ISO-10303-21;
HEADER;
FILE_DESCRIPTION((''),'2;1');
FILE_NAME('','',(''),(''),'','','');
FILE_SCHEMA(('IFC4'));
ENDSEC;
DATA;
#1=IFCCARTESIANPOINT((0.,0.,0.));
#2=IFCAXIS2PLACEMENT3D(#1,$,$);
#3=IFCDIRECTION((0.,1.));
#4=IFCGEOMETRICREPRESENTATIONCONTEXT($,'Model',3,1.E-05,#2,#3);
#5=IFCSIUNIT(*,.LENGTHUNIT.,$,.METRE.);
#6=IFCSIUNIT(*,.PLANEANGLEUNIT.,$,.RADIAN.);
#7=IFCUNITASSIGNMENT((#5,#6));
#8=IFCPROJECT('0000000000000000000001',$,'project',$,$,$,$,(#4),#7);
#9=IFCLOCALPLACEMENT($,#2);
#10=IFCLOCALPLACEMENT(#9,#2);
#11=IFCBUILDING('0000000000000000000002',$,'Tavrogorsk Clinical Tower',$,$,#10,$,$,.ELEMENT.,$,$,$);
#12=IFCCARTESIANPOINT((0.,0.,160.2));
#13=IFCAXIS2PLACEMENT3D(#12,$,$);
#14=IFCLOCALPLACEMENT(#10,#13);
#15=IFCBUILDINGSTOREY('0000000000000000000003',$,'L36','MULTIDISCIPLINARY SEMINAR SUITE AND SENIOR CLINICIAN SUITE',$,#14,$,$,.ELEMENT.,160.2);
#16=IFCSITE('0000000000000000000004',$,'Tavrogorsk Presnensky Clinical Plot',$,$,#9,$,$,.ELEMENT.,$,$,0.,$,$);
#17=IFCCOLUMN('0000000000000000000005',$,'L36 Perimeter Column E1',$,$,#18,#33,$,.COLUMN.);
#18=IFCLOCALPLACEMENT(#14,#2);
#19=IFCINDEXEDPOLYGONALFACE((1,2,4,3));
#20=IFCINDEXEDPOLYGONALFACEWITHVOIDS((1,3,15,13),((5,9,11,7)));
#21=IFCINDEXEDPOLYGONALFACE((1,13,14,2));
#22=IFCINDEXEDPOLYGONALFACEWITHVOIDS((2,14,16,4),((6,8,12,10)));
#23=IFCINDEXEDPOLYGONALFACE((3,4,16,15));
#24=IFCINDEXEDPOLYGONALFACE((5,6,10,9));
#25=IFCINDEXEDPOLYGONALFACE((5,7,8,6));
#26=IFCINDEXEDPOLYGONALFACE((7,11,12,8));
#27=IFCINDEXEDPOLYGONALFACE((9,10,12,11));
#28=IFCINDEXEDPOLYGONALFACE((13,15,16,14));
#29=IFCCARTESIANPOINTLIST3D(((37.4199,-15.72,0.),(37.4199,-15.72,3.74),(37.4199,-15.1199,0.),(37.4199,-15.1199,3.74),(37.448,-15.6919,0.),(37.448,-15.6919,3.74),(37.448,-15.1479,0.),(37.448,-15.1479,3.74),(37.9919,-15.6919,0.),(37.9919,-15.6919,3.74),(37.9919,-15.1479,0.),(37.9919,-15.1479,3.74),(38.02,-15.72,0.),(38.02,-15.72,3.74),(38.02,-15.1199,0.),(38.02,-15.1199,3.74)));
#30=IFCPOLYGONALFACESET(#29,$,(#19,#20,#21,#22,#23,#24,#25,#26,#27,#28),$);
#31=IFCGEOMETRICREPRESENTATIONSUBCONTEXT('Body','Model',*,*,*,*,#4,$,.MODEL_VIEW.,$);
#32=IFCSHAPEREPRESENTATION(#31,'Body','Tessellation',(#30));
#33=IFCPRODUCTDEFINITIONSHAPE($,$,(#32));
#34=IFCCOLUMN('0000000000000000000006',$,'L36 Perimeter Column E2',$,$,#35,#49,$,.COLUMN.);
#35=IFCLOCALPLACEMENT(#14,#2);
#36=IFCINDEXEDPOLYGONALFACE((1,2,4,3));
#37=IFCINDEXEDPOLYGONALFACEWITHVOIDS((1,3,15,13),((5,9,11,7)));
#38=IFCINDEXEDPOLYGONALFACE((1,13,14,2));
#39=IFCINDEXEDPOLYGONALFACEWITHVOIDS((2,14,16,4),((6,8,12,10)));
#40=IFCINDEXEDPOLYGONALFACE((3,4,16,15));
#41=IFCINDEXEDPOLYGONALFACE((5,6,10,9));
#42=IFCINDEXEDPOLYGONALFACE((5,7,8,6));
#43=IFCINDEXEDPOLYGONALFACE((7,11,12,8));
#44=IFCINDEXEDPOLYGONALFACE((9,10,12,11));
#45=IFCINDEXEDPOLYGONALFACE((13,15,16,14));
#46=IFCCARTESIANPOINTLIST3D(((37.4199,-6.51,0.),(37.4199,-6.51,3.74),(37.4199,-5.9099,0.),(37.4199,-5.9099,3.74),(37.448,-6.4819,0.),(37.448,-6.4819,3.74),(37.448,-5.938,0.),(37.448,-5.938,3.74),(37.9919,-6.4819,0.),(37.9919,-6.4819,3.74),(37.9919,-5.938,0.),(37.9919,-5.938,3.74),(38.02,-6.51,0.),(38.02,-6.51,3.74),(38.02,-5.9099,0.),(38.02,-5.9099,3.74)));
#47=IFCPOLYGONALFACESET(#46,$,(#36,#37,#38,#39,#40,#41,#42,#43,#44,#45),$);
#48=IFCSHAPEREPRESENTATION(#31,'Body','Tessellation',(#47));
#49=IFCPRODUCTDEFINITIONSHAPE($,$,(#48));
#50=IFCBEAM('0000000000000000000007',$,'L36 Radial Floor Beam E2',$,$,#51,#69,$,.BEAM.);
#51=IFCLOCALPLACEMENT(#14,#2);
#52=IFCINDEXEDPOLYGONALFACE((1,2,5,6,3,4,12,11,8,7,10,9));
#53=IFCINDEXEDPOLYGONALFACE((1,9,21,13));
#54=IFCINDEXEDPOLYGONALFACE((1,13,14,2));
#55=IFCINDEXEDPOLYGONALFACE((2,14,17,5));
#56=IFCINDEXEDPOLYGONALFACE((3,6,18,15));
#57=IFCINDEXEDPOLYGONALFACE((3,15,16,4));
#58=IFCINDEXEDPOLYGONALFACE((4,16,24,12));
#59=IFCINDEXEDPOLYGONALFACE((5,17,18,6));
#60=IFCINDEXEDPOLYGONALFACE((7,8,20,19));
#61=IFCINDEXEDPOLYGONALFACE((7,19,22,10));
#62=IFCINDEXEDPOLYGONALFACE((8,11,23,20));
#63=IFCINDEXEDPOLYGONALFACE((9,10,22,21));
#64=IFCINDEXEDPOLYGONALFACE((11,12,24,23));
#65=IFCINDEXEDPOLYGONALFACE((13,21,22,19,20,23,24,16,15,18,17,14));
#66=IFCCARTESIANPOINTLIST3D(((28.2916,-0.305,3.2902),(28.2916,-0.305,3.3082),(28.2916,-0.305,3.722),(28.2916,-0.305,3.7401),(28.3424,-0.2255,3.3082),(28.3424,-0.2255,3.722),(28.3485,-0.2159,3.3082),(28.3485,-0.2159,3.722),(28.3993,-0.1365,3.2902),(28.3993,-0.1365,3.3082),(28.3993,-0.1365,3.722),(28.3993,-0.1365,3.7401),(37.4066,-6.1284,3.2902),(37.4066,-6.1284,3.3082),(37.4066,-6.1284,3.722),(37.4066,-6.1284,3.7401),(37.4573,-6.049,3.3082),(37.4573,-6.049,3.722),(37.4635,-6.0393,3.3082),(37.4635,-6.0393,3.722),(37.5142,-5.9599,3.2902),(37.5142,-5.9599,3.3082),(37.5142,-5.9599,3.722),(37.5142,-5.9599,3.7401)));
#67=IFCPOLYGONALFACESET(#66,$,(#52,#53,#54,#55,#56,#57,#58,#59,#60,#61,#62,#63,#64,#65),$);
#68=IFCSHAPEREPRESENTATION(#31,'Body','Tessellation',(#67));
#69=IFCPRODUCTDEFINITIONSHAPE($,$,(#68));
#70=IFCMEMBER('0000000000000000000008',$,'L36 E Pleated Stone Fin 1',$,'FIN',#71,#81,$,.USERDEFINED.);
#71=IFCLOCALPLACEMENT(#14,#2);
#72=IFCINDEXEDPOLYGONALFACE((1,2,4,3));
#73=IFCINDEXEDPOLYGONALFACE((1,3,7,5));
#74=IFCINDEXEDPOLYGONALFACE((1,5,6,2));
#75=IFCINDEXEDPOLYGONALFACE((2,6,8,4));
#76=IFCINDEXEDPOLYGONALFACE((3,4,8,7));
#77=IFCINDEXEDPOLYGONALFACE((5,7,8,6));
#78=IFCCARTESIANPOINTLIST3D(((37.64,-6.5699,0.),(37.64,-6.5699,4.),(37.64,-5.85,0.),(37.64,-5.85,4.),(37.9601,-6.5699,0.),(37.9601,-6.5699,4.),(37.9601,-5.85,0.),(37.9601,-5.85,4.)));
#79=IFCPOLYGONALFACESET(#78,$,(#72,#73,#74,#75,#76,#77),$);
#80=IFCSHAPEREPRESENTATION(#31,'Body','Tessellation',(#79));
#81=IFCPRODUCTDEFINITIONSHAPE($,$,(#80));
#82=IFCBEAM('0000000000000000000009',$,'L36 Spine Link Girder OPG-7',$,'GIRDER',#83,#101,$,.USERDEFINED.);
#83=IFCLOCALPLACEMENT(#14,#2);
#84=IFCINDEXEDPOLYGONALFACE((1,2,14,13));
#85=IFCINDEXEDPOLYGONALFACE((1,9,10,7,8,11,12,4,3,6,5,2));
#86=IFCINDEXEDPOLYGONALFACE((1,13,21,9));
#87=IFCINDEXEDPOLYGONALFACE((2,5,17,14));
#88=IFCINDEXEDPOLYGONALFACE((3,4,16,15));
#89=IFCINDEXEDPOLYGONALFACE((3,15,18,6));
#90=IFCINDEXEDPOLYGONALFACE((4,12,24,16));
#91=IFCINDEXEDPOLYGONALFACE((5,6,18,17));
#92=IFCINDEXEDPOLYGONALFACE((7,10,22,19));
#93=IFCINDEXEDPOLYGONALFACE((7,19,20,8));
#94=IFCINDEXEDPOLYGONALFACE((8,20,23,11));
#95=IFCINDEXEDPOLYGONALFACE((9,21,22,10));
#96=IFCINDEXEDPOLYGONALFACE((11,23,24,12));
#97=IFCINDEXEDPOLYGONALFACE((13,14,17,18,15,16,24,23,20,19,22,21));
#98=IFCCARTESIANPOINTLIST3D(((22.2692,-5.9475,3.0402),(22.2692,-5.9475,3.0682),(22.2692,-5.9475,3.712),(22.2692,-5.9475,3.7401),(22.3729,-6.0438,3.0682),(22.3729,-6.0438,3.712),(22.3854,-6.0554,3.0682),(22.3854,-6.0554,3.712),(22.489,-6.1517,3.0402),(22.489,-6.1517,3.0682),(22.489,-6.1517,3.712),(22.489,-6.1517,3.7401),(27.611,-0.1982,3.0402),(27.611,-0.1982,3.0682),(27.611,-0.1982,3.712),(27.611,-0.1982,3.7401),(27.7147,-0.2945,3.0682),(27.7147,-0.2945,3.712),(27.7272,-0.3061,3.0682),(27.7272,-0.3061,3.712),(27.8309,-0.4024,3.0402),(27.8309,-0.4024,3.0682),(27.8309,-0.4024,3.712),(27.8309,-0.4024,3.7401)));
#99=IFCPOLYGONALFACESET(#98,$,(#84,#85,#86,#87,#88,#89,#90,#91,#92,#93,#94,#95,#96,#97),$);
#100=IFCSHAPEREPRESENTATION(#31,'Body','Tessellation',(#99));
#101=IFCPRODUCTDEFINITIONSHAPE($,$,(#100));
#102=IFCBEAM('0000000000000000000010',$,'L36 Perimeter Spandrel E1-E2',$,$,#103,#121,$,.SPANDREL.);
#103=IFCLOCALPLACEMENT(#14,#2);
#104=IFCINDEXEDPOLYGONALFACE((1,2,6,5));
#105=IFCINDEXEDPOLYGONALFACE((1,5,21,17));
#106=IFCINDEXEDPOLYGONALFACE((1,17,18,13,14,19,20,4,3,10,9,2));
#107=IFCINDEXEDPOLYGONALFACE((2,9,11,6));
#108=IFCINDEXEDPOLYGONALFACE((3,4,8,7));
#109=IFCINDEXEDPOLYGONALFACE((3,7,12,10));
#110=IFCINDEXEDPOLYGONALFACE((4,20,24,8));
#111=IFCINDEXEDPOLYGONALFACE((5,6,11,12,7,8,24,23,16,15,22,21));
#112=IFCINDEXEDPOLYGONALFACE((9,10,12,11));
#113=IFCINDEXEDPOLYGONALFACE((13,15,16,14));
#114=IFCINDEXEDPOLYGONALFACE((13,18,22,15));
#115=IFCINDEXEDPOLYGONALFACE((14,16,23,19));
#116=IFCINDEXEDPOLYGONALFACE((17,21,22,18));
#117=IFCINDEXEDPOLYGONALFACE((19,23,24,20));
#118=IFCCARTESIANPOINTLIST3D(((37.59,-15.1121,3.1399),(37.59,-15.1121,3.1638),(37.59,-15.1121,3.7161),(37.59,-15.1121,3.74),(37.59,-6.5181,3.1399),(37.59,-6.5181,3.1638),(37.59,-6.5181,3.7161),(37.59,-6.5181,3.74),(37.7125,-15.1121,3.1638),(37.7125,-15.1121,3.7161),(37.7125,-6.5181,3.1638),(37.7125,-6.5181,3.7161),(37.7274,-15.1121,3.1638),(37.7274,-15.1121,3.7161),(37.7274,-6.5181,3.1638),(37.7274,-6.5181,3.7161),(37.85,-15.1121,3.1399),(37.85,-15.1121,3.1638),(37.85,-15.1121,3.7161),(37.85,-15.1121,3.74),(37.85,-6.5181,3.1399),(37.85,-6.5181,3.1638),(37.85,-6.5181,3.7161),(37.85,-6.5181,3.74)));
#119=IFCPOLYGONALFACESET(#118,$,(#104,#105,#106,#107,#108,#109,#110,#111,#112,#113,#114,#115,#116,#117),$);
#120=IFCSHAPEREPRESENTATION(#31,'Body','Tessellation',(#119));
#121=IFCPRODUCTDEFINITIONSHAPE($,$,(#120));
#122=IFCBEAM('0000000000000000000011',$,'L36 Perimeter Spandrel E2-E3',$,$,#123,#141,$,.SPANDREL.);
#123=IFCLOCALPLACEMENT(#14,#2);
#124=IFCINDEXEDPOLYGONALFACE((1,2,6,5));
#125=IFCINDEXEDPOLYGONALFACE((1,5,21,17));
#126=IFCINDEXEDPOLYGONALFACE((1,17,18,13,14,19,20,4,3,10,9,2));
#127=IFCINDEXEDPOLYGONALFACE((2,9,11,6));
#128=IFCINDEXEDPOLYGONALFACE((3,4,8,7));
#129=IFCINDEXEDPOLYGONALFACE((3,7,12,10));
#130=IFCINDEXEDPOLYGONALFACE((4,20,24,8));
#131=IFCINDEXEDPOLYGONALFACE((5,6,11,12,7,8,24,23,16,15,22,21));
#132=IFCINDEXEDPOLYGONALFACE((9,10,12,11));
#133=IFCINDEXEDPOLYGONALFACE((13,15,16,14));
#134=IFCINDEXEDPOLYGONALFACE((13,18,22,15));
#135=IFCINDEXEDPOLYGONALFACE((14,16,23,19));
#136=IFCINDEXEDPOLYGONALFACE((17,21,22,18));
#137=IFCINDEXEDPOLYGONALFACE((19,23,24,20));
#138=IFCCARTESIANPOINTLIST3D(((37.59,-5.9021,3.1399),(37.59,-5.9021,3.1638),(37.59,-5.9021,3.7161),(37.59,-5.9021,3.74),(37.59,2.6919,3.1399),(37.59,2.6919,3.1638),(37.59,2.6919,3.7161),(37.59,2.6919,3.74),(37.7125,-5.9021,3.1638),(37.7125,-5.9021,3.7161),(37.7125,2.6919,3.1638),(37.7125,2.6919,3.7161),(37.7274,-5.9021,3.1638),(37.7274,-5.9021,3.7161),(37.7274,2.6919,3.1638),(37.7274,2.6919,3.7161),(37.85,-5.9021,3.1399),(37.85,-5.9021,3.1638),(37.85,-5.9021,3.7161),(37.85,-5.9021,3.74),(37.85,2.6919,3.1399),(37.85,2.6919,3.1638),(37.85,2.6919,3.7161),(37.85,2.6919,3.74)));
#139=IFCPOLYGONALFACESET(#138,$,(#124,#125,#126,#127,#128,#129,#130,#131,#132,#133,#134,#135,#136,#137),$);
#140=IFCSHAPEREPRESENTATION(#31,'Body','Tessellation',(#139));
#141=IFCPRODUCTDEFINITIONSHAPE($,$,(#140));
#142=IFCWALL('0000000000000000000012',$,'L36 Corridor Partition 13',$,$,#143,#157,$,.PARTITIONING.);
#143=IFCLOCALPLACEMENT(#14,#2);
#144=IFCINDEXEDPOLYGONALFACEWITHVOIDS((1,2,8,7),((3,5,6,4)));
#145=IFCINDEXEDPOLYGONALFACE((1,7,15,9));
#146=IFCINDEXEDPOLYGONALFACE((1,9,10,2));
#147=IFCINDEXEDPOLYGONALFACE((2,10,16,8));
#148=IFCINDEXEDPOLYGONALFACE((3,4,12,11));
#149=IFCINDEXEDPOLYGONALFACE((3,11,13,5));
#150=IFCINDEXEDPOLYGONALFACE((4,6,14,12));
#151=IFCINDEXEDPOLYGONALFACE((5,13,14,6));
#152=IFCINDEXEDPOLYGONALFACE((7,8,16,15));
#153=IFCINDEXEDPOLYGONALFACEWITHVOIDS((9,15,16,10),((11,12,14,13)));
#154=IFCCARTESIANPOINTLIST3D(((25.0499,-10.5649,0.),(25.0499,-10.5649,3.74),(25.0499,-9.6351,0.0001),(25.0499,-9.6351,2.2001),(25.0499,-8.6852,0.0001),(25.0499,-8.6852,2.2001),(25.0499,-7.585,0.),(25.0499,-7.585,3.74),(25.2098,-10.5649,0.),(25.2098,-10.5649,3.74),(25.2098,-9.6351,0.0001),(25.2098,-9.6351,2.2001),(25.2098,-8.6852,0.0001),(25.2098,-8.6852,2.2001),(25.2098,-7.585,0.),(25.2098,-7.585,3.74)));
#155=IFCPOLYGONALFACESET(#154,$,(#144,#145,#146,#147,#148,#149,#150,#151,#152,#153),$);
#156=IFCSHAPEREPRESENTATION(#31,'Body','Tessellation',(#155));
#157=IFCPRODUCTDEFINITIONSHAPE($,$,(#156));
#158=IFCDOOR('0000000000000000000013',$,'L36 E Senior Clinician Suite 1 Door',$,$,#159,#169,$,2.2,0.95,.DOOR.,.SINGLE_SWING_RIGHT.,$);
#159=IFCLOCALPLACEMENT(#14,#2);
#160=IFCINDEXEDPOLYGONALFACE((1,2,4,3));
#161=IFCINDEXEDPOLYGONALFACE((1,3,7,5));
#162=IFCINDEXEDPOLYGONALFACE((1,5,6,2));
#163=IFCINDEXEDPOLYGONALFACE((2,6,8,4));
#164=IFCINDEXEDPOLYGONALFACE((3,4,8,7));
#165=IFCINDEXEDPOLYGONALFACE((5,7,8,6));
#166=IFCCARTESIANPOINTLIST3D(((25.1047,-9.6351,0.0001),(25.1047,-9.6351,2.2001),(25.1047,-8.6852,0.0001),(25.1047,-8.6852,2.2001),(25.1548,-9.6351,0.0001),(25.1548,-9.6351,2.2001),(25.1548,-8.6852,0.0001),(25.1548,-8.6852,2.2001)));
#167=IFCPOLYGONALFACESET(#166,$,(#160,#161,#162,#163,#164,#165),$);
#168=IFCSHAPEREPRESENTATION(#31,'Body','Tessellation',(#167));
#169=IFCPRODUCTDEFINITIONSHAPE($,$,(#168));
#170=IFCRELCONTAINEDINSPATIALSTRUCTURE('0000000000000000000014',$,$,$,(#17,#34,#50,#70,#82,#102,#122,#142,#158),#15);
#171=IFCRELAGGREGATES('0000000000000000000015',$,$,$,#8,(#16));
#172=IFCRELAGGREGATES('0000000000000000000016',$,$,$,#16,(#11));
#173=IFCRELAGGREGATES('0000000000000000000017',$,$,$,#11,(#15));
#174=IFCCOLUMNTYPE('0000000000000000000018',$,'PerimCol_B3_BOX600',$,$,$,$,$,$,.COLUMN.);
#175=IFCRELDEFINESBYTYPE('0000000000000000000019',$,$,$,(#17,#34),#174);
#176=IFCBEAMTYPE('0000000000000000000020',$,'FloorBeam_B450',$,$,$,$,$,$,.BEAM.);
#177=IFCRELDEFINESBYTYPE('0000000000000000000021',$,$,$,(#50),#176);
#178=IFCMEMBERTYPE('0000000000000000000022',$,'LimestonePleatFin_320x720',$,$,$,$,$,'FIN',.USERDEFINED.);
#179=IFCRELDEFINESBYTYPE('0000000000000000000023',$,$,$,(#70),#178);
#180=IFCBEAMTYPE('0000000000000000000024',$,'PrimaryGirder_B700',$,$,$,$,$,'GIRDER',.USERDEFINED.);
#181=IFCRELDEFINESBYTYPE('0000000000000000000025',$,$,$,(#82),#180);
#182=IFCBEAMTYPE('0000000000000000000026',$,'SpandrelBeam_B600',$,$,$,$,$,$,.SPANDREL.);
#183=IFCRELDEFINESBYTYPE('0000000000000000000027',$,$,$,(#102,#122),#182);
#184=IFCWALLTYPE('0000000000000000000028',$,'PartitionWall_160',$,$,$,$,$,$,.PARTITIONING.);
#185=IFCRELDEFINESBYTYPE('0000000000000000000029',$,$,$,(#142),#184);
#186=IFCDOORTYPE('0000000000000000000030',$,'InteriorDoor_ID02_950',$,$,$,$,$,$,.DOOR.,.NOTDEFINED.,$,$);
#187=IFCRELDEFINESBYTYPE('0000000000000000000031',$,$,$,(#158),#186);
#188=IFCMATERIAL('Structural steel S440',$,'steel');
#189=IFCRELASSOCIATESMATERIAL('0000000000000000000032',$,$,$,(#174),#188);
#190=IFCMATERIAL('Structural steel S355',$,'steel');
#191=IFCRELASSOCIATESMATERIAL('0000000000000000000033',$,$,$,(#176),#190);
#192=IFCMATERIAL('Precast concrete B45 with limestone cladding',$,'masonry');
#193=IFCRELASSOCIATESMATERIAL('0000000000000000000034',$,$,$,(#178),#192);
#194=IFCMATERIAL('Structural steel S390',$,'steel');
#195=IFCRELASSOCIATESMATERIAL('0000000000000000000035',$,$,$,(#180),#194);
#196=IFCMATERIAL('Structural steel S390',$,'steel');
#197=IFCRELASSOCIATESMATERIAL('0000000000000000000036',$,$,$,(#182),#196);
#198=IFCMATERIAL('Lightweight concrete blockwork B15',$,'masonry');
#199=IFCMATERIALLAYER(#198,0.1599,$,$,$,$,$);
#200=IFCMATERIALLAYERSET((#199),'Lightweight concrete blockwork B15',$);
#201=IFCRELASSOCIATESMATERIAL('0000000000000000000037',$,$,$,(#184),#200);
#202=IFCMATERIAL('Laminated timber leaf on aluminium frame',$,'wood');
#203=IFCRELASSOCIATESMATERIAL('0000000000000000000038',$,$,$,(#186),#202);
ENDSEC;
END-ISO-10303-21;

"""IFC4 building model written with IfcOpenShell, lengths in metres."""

from ifc_helpers import new_model, si_unit, direction, frame, frame_2d, origin, origin_2d, place, context, subcontext, project, spatial, rectangle, hollow_rectangle, i_section, extrude, material, layer, layer_set, material_profile, profile_set, type_object, element, fill, save


model = new_model("IFC4")

# Units and contexts
model_context = context("Model", 3, precision=1e-05, world=origin(), true_north=direction((0.0, 1.0)))
body_context = subcontext(model_context, "Body", "Model", "MODEL_VIEW")
ifc_project = project(units=[si_unit("LENGTHUNIT", "METRE"), si_unit("PLANEANGLEUNIT", "RADIAN")], contexts=[model_context])

# Site, building, storey
site_placement = place(None, origin())
site = spatial("IfcSite", under=ifc_project, at=site_placement, Name="Tavrogorsk Presnensky Clinical Plot", CompositionType="ELEMENT", RefElevation=0.0)
building_placement = place(site_placement, origin())
building = spatial("IfcBuilding", under=site, at=building_placement, Name="Tavrogorsk Clinical Tower", CompositionType="ELEMENT")
storey_placement = place(building_placement, frame((0.0, 0.0, 160.2)))
storey = spatial("IfcBuildingStorey", under=building, at=storey_placement, Name="L36", Description="MULTIDISCIPLINARY SEMINAR SUITE AND SENIOR CLINICIAN SUITE", CompositionType="ELEMENT", Elevation=160.2)

# Columns
ifc_material_1 = material(Name="Structural steel S440", Category="steel")
ifc_material_profile_1 = material_profile(ifc_material_1, hollow_rectangle(XDim=0.6001, YDim=0.6001, WallThickness=0.0281, at=origin_2d()), Name="BOX-600x600x28")
ifc_profile_set_1 = profile_set([ifc_material_profile_1], Name="Structural steel S440")
column_type = type_object("IfcColumnType", Name="PerimCol_B3_BOX600", PredefinedType="COLUMN", material=ifc_profile_set_1)
for number, where, z_axis, x_axis, name in (
    (1, (37.72, -15.4199, 0.0), (0.0, 0.0, 1.0), (1.0, 0.0, 0.0), "L36 Perimeter Column E1"),
    (2, (37.72, -6.21, 0.0), (0.0, 0.0, 1.0), (1.0, 0.0, 0.0), "L36 Perimeter Column E2"),
):
    element("IfcColumn", number, at=place(storey_placement, frame(where, z_axis=z_axis, x_axis=x_axis)), inside=storey, type_object=column_type, Name=name, PredefinedType="COLUMN", context=body_context, shape_type="SweptSolid", body=[
        extrude(hollow_rectangle(XDim=0.6001, YDim=0.6001, WallThickness=0.0281, at=origin_2d()), origin(), (0.0, 0.0, 1.0), 3.74),
    ])

# Beam
ifc_material_2 = material(Name="Structural steel S355", Category="steel")
ifc_material_profile_2 = material_profile(ifc_material_2, i_section(OverallWidth=0.2, OverallDepth=0.45, WebThickness=0.0115, FlangeThickness=0.0181, at=origin_2d()), Name="B-450x200x11.5x18")
ifc_profile_set_2 = profile_set([ifc_material_profile_2], Name="Structural steel S355")
beam_type_1 = type_object("IfcBeamType", Name="FloorBeam_B450", PredefinedType="BEAM", material=ifc_profile_set_2)
beam_1_placement = place(storey_placement, frame((28.3455, -0.2207, 3.5151), z_axis=(0.842695, -0.538391, 0.0), x_axis=(0.538391, 0.842695, 0.0)))
element("IfcBeam", 3, at=beam_1_placement, inside=storey, type_object=beam_type_1, Name="L36 Radial Floor Beam E2", PredefinedType="BEAM", context=body_context, shape_type="SweptSolid", body=[
    extrude(i_section(OverallWidth=0.2, OverallDepth=0.45, WebThickness=0.0115, FlangeThickness=0.0181, at=origin_2d()), origin(), (0.0, 0.0, 1.0), 10.8164),
])

# Member
ifc_material_3 = material(Name="Precast concrete B45 with limestone cladding", Category="masonry")
ifc_material_profile_3 = material_profile(ifc_material_3, rectangle(XDim=0.3201, YDim=0.72, at=origin_2d()), Name="LIMESTONE-FIN-320x720")
ifc_profile_set_3 = profile_set([ifc_material_profile_3], Name="Precast concrete B45 with limestone cladding")
member_type = type_object("IfcMemberType", Name="LimestonePleatFin_320x720", ElementType="FIN", PredefinedType="USERDEFINED", material=ifc_profile_set_3)
member_placement = place(storey_placement, frame((37.8, -6.21, 0.0), z_axis=(0.0, 0.0, 1.0), x_axis=(1.0, 0.0, 0.0)))
element("IfcMember", 4, at=member_placement, inside=storey, type_object=member_type, Name="L36 E Pleated Stone Fin 1", ObjectType="FIN", PredefinedType="USERDEFINED", context=body_context, shape_type="SweptSolid", body=[
    extrude(rectangle(XDim=0.3201, YDim=0.72, at=origin_2d()), origin(), (0.0, 0.0, 1.0), 4.0),
])

# Beams
ifc_material_4 = material(Name="Structural steel S390", Category="steel")
ifc_material_profile_4 = material_profile(ifc_material_4, i_section(OverallWidth=0.3, OverallDepth=0.7, WebThickness=0.0171, FlangeThickness=0.0281, at=origin_2d()), Name="B-700x300x17x28")
ifc_profile_set_4 = profile_set([ifc_material_profile_4], Name="Structural steel S390")
beam_type_2 = type_object("IfcBeamType", Name="PrimaryGirder_B700", ElementType="GIRDER", PredefinedType="USERDEFINED", material=ifc_profile_set_4)
beam_2_placement = place(storey_placement, frame((27.7209, -0.3003, 3.3901), z_axis=(-0.680669, -0.732591, 0.0), x_axis=(0.732591, -0.680669, 0.0)))
element("IfcBeam", 5, at=beam_2_placement, inside=storey, type_object=beam_type_2, Name="L36 Spine Link Girder OPG-7", ObjectType="GIRDER", PredefinedType="USERDEFINED", context=body_context, shape_type="SweptSolid", body=[
    extrude(i_section(OverallWidth=0.3, OverallDepth=0.7, WebThickness=0.0171, FlangeThickness=0.0281, at=origin_2d()), origin(), (0.0, 0.0, 1.0), 7.8479),
])
ifc_material_5 = material(Name="Structural steel S390", Category="steel")
ifc_material_profile_5 = material_profile(ifc_material_5, i_section(OverallWidth=0.26, OverallDepth=0.6001, WebThickness=0.0149, FlangeThickness=0.0239, at=origin_2d()), Name="B-600x260x15x24")
ifc_profile_set_5 = profile_set([ifc_material_profile_5], Name="Structural steel S390")
beam_type_3 = type_object("IfcBeamType", Name="SpandrelBeam_B600", PredefinedType="SPANDREL", material=ifc_profile_set_5)
for number, where, z_axis, x_axis, name in (
    (6, (37.72, -15.1121, 3.4399), (0.0, 1.0, 0.0), (-1.0, 0.0, 0.0), "L36 Perimeter Spandrel E1-E2"),
    (7, (37.72, -5.9021, 3.4399), (0.0, 1.0, 0.0), (-1.0, 0.0, 0.0), "L36 Perimeter Spandrel E2-E3"),
):
    element("IfcBeam", number, at=place(storey_placement, frame(where, z_axis=z_axis, x_axis=x_axis)), inside=storey, type_object=beam_type_3, Name=name, PredefinedType="SPANDREL", context=body_context, shape_type="SweptSolid", body=[
        extrude(i_section(OverallWidth=0.26, OverallDepth=0.6001, WebThickness=0.0149, FlangeThickness=0.0239, at=origin_2d()), origin(), (0.0, 0.0, 1.0), 8.594),
    ])

# Wall, opening, door
ifc_material_6 = material(Name="Lightweight concrete blockwork B15", Category="masonry")
ifc_layer = layer(ifc_material_6, 0.1599)
ifc_layer_set = layer_set([ifc_layer], Name="Lightweight concrete blockwork B15")
wall_type = type_object("IfcWallType", Name="PartitionWall_160", PredefinedType="PARTITIONING", material=ifc_layer_set)
wall_1_placement = place(storey_placement, frame((25.1299, -7.585, 0.0), z_axis=(0.0, 0.0, 1.0), x_axis=(0.0, -1.0, 0.0)))
wall_1 = element("IfcWall", 8, at=wall_1_placement, inside=storey, type_object=wall_type, Name="L36 Corridor Partition 13", PredefinedType="PARTITIONING", context=body_context, shape_type="SweptSolid", body=[
    extrude(rectangle(XDim=2.98, YDim=0.1599, at=frame_2d((1.49, 0.0))), origin(), (0.0, 0.0, 1.0), 3.74),
])
opening_1_placement = place(wall_1_placement, frame((1.1001, 0.0, 0.0)))
opening_1 = element("IfcOpeningElement", 9, at=opening_1_placement, cuts=wall_1, PredefinedType="OPENING", context=body_context, shape_type="SweptSolid", body=[
    extrude(rectangle(XDim=0.95, YDim=2.2, at=frame_2d((0.4751, 1.1001))), frame((0.0, 0.0898, 0.0), z_axis=(0.0, -1.0, 0.0), x_axis=(1.0, 0.0, 0.0)), (0.0, 0.0, 1.0), 0.1799),
])
ifc_material_7 = material(Name="Laminated timber leaf on aluminium frame", Category="wood")
door_type_1 = type_object("IfcDoorType", Name="InteriorDoor_ID02_950", OperationType="NOTDEFINED", PredefinedType="DOOR", material=ifc_material_7)
door_1_placement = place(opening_1_placement, origin())
door_1 = element("IfcDoor", 10, at=door_1_placement, inside=storey, type_object=door_type_1, Name="L36 E Senior Clinician Suite 1 Door", OperationType="SINGLE_SWING_RIGHT", OverallHeight=2.2, OverallWidth=0.95, PredefinedType="DOOR", context=body_context, shape_type="SweptSolid", body=[
    extrude(rectangle(XDim=0.95, YDim=2.2, at=frame_2d((0.4751, 1.1001))), frame((0.0, 0.0249, 0.0), z_axis=(0.0, -1.0, 0.0), x_axis=(1.0, 0.0, 0.0)), (0.0, 0.0, 1.0), 0.05),
])
fill(opening_1, door_1)

save(model, "model.ifc")
